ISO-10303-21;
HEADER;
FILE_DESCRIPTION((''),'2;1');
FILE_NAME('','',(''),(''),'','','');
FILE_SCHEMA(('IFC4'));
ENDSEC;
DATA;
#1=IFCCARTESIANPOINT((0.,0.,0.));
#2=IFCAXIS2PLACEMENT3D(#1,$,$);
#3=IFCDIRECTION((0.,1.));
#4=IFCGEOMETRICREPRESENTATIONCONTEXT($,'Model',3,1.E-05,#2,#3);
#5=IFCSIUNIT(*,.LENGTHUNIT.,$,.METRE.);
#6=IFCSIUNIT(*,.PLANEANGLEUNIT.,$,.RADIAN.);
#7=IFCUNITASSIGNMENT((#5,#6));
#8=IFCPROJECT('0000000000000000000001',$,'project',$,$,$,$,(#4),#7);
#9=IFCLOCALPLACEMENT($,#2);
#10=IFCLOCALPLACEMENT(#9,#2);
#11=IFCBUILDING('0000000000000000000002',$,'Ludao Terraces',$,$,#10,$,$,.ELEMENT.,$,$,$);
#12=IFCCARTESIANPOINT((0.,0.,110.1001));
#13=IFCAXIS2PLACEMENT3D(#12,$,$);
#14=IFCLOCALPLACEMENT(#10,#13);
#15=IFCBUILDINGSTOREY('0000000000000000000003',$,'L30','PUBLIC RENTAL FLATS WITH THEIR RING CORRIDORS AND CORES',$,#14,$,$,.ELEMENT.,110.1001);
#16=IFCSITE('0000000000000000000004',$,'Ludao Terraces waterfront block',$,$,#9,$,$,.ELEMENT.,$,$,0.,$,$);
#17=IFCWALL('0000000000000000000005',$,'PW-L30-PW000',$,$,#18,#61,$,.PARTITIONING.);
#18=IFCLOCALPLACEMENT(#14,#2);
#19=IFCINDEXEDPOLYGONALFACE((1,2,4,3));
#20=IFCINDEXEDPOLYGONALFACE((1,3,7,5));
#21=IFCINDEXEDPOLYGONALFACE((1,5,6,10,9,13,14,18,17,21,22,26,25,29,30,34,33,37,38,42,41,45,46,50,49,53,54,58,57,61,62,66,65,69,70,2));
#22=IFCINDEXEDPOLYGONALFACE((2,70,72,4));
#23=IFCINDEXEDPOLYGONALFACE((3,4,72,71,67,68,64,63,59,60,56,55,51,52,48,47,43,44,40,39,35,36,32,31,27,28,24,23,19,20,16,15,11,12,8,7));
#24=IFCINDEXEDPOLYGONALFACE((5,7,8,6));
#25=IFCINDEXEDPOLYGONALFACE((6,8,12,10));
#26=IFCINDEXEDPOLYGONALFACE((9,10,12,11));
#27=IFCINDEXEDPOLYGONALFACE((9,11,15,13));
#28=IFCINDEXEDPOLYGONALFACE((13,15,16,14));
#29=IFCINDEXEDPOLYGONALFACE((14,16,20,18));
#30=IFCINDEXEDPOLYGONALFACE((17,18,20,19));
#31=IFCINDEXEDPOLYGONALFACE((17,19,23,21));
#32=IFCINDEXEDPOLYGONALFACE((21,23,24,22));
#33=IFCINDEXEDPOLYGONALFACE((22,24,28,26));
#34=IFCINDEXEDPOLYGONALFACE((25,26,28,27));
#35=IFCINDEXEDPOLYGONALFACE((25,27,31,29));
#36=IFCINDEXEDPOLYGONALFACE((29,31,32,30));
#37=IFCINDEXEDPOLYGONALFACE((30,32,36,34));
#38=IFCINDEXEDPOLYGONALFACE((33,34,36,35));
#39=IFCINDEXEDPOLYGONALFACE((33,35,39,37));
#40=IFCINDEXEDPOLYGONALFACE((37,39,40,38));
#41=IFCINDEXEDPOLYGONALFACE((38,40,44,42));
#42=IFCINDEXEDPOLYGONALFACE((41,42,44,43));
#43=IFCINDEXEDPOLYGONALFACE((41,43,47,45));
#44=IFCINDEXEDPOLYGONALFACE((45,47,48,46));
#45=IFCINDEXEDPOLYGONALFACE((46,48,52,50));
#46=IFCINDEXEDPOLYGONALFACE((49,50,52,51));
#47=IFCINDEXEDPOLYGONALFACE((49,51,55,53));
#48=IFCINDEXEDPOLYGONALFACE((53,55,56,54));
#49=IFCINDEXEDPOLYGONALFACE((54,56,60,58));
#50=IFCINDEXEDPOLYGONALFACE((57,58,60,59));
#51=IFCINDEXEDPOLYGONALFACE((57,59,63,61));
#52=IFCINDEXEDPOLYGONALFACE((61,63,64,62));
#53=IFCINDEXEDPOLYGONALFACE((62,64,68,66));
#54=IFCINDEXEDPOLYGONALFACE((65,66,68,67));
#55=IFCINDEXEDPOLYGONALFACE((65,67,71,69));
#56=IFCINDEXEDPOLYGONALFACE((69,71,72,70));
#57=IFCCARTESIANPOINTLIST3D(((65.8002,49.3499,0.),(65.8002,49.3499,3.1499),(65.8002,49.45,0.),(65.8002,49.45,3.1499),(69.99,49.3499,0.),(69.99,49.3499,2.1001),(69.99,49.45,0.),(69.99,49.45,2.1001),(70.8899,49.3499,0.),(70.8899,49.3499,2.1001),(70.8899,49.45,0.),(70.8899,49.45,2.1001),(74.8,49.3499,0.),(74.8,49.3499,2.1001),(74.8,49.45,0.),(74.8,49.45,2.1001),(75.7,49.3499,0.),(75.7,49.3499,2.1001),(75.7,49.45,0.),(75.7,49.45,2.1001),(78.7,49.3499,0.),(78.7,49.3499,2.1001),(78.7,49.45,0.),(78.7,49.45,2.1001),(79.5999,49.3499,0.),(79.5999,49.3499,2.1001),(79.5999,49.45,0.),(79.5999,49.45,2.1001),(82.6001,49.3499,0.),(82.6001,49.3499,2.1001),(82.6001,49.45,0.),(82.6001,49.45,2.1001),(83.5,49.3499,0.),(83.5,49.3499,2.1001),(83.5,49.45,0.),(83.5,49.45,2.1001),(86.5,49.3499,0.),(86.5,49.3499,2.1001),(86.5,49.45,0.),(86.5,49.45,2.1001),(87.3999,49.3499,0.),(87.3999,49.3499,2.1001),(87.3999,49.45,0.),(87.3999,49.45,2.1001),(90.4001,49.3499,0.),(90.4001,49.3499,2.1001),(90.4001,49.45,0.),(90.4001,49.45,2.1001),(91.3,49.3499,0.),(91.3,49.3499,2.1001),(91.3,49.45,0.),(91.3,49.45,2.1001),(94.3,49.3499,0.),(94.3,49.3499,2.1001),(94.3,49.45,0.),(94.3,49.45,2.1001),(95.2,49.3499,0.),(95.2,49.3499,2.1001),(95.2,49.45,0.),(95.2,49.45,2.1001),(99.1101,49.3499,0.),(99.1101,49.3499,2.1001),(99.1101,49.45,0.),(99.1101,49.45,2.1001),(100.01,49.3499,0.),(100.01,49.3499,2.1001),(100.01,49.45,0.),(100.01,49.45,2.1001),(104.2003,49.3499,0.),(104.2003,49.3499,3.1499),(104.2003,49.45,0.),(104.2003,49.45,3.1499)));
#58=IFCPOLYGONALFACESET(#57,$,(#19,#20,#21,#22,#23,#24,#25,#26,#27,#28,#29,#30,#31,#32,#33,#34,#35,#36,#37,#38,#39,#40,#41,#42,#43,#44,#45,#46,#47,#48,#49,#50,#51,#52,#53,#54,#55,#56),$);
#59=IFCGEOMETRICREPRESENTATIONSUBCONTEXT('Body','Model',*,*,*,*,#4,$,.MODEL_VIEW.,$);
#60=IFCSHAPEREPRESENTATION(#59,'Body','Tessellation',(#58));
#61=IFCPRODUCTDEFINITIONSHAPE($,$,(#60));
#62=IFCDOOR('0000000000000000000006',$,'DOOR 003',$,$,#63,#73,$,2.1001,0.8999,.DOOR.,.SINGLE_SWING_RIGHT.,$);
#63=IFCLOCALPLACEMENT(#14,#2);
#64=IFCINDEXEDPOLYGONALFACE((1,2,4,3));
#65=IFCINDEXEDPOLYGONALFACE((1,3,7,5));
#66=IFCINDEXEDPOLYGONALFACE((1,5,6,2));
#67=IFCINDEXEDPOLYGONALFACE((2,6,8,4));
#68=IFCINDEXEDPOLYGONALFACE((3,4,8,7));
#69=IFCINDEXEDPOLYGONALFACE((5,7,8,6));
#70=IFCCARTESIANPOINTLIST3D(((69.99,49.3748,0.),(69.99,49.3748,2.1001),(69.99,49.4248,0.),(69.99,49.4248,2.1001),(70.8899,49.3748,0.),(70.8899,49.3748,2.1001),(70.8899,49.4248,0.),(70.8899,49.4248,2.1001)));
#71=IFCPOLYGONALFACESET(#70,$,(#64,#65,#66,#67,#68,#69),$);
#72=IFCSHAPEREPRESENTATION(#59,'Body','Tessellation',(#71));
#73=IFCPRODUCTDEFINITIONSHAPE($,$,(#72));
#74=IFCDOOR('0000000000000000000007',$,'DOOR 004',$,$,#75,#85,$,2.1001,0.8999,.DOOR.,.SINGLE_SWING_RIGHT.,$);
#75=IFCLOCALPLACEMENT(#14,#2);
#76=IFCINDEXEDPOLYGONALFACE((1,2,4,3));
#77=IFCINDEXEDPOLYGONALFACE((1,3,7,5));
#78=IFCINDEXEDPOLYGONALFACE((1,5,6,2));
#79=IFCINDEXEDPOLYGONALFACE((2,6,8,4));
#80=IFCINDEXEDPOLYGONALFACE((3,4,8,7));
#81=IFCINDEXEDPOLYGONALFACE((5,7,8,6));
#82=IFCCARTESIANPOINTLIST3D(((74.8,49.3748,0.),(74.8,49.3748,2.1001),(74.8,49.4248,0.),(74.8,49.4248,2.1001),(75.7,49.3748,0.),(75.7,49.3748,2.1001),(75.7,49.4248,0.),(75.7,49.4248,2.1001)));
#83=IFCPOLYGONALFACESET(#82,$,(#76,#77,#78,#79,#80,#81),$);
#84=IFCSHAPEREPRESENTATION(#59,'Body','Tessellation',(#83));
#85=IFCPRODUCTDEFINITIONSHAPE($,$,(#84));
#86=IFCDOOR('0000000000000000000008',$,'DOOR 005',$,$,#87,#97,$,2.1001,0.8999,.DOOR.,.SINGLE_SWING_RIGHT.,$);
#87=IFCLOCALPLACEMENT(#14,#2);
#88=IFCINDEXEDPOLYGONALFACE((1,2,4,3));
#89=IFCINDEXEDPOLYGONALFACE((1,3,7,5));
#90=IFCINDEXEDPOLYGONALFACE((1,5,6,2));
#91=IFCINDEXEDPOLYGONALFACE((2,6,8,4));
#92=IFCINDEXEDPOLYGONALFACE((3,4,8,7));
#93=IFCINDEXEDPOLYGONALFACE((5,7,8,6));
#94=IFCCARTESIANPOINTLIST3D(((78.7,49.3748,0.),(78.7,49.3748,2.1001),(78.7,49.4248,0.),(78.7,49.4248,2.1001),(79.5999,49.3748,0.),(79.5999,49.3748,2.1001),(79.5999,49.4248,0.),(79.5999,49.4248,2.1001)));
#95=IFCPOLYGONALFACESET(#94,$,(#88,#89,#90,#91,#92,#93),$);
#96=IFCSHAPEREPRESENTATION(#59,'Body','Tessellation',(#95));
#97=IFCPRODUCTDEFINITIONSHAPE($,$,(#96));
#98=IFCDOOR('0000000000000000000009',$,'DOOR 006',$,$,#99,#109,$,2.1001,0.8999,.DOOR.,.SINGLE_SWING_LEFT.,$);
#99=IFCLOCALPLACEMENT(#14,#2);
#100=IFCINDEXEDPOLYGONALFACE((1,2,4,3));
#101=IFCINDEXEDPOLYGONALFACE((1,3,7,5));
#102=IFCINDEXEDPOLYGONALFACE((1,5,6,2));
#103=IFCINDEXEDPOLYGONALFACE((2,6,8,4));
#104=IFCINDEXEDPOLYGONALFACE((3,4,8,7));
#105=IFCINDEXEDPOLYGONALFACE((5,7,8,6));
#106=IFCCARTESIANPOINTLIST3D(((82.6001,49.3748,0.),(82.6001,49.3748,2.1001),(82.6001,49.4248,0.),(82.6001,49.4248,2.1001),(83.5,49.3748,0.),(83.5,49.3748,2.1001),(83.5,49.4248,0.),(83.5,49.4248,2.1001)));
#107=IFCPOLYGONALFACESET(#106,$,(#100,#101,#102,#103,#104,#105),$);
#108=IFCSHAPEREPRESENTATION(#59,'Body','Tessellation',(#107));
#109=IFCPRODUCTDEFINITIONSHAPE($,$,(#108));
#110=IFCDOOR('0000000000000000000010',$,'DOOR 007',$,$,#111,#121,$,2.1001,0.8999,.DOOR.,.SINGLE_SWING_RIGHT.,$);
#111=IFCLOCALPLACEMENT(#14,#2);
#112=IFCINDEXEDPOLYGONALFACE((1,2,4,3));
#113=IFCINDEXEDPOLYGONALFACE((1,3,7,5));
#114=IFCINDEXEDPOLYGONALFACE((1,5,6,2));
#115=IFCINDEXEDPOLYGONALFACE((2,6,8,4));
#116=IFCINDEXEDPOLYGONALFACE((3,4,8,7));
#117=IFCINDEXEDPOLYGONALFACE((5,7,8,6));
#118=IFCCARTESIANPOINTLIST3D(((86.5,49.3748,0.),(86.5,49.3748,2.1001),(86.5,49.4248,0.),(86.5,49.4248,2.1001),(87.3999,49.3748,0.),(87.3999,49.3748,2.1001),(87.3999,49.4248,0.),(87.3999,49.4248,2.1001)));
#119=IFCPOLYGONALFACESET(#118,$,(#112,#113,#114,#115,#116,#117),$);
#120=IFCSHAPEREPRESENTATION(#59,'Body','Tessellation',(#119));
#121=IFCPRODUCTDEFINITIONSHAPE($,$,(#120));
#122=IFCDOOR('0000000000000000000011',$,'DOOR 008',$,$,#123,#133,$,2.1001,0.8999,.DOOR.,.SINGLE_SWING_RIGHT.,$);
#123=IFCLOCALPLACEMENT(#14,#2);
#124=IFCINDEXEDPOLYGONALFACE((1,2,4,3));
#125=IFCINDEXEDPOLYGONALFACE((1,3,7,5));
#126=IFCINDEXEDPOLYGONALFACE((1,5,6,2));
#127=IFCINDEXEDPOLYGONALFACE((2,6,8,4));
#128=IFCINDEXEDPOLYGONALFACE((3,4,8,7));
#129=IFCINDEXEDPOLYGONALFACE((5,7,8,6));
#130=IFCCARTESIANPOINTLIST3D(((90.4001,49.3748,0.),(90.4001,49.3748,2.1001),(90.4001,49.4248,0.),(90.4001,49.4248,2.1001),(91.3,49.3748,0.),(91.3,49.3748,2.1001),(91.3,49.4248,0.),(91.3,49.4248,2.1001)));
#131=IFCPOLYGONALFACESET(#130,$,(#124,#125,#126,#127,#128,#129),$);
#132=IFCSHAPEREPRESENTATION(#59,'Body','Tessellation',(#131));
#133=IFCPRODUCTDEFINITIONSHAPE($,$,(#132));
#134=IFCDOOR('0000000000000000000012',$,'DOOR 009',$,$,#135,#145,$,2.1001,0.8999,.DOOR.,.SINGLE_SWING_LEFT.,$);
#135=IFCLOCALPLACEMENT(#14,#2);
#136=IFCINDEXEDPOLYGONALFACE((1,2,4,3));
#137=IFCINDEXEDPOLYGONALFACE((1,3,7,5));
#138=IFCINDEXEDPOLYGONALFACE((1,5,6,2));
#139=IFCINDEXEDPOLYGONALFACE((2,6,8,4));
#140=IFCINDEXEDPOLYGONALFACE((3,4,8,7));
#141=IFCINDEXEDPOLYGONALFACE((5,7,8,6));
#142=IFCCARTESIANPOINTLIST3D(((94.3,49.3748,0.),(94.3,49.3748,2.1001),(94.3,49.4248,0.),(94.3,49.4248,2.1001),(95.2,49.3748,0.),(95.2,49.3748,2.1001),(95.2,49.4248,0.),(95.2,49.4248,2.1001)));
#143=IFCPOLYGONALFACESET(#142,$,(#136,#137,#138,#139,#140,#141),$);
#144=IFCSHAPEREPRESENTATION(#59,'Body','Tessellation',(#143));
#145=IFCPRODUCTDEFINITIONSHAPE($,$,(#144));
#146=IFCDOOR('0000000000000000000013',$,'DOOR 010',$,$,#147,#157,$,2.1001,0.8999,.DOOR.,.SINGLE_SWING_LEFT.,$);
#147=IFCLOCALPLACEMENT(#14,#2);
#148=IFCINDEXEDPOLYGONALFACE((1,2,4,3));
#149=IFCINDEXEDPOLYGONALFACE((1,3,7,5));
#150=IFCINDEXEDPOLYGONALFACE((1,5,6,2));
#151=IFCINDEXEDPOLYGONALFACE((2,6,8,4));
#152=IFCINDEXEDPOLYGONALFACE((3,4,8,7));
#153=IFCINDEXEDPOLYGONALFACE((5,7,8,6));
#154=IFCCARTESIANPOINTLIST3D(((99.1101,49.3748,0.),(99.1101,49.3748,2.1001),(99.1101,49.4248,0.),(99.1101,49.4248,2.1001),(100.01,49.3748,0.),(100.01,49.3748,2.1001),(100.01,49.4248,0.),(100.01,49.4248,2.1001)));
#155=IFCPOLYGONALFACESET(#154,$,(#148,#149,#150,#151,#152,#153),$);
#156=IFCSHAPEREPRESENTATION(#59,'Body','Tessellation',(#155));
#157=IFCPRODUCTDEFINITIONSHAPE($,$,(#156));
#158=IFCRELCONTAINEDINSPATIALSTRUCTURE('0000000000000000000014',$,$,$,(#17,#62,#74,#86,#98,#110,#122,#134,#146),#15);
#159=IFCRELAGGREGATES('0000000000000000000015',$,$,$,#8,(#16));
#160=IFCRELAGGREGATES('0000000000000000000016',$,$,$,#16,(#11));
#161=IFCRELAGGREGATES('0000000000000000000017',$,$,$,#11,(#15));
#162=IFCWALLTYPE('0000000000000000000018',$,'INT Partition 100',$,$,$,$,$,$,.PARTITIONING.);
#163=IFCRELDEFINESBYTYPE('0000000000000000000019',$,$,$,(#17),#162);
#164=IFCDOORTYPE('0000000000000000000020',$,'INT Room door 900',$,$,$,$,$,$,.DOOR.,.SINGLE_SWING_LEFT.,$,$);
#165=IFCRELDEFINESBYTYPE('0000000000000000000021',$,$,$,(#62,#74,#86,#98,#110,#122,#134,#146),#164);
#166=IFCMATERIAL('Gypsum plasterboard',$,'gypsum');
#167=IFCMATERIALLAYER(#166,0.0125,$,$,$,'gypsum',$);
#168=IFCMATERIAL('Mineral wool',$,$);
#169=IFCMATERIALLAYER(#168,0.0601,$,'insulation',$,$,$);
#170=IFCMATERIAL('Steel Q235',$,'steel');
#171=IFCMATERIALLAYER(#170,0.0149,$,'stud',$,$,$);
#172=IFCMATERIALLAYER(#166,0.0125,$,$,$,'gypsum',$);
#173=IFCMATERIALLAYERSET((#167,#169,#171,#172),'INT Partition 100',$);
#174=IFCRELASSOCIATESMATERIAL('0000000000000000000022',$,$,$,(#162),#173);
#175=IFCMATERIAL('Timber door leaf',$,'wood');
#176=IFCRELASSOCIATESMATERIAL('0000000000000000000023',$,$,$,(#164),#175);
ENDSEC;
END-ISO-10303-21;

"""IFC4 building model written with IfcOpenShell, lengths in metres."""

from ifc_helpers import new_model, si_unit, direction, frame, frame_2d, origin, place, context, subcontext, project, spatial, rectangle, extrude, material, layer, layer_set, type_object, element, fill, save


model = new_model("IFC4")

# Units and contexts
model_context = context("Model", 3, precision=1e-05, world=origin(), true_north=direction((0.0, 1.0)))
body_context = subcontext(model_context, "Body", "Model", "MODEL_VIEW")
ifc_project = project(units=[si_unit("LENGTHUNIT", "METRE"), si_unit("PLANEANGLEUNIT", "RADIAN")], contexts=[model_context])

# Site, building, storey
site_placement = place(None, origin())
site = spatial("IfcSite", under=ifc_project, at=site_placement, Name="Ludao Terraces waterfront block", CompositionType="ELEMENT", RefElevation=0.0)
building_placement = place(site_placement, origin())
building = spatial("IfcBuilding", under=site, at=building_placement, Name="Ludao Terraces", CompositionType="ELEMENT")
storey_placement = place(building_placement, frame((0.0, 0.0, 110.1001)))
storey = spatial("IfcBuildingStorey", under=building, at=storey_placement, Name="L30", Description="PUBLIC RENTAL FLATS WITH THEIR RING CORRIDORS AND CORES", CompositionType="ELEMENT", Elevation=110.1001)

# Shared definitions
ifc_material_1 = material(Name="Mineral wool")

# Wall, openings, doors
ifc_material_2 = material(Name="Gypsum plasterboard", Category="gypsum")
ifc_layer_1 = layer(ifc_material_2, 0.0125, Category="gypsum")
ifc_layer_2 = layer(ifc_material_1, 0.0601, Name="insulation")
ifc_material_3 = material(Name="Steel Q235", Category="steel")
ifc_layer_3 = layer(ifc_material_3, 0.0149, Name="stud")
ifc_layer_4 = layer(ifc_material_2, 0.0125, Category="gypsum")
ifc_layer_set_1 = layer_set([ifc_layer_1, ifc_layer_2, ifc_layer_3, ifc_layer_4], Name="INT Partition 100")
wall_type_1 = type_object("IfcWallType", Name="INT Partition 100", PredefinedType="PARTITIONING", material=ifc_layer_set_1)
wall_1_placement = place(storey_placement, frame((65.8, 49.3999, 0.0), z_axis=(0.0, 0.0, 1.0), x_axis=(1.0, 0.0, 0.0)))
wall_1 = element("IfcWall", 1, at=wall_1_placement, inside=storey, type_object=wall_type_1, Name="PW-L30-PW000", PredefinedType="PARTITIONING", context=body_context, shape_type="SweptSolid", body=[
    extrude(rectangle(XDim=38.4001, YDim=0.1001, at=frame_2d((19.2002, 0.0))), origin(), (0.0, 0.0, 1.0), 3.1499),
])
opening_1_placement = place(wall_1_placement, frame((4.1899, 0.0, 0.0)))
opening_1 = element("IfcOpeningElement", 2, at=opening_1_placement, cuts=wall_1, PredefinedType="OPENING", context=body_context, shape_type="SweptSolid", body=[
    extrude(rectangle(XDim=0.8999, YDim=2.1001, at=frame_2d((0.45, 1.05))), frame((0.0, 0.0601, 0.0), z_axis=(0.0, -1.0, 0.0), x_axis=(1.0, 0.0, 0.0)), (0.0, 0.0, 1.0), 0.1201),
])
opening_2_placement = place(wall_1_placement, frame((9.0, 0.0, 0.0)))
opening_2 = element("IfcOpeningElement", 3, at=opening_2_placement, cuts=wall_1, PredefinedType="OPENING", context=body_context, shape_type="SweptSolid", body=[
    extrude(rectangle(XDim=0.8999, YDim=2.1001, at=frame_2d((0.45, 1.05))), frame((0.0, 0.0601, 0.0), z_axis=(0.0, -1.0, 0.0), x_axis=(1.0, 0.0, 0.0)), (0.0, 0.0, 1.0), 0.1201),
])
opening_3_placement = place(wall_1_placement, frame((12.8999, 0.0, 0.0)))
opening_3 = element("IfcOpeningElement", 4, at=opening_3_placement, cuts=wall_1, PredefinedType="OPENING", context=body_context, shape_type="SweptSolid", body=[
    extrude(rectangle(XDim=0.8999, YDim=2.1001, at=frame_2d((0.45, 1.05))), frame((0.0, 0.0601, 0.0), z_axis=(0.0, -1.0, 0.0), x_axis=(1.0, 0.0, 0.0)), (0.0, 0.0, 1.0), 0.1201),
])
opening_4_placement = place(wall_1_placement, frame((16.8, 0.0, 0.0)))
opening_4 = element("IfcOpeningElement", 5, at=opening_4_placement, cuts=wall_1, PredefinedType="OPENING", context=body_context, shape_type="SweptSolid", body=[
    extrude(rectangle(XDim=0.8999, YDim=2.1001, at=frame_2d((0.45, 1.05))), frame((0.0, 0.0601, 0.0), z_axis=(0.0, -1.0, 0.0), x_axis=(1.0, 0.0, 0.0)), (0.0, 0.0, 1.0), 0.1201),
])
opening_5_placement = place(wall_1_placement, frame((20.7, 0.0, 0.0)))
opening_5 = element("IfcOpeningElement", 6, at=opening_5_placement, cuts=wall_1, PredefinedType="OPENING", context=body_context, shape_type="SweptSolid", body=[
    extrude(rectangle(XDim=0.8999, YDim=2.1001, at=frame_2d((0.45, 1.05))), frame((0.0, 0.0601, 0.0), z_axis=(0.0, -1.0, 0.0), x_axis=(1.0, 0.0, 0.0)), (0.0, 0.0, 1.0), 0.1201),
])
opening_6_placement = place(wall_1_placement, frame((24.6001, 0.0, 0.0)))
opening_6 = element("IfcOpeningElement", 7, at=opening_6_placement, cuts=wall_1, PredefinedType="OPENING", context=body_context, shape_type="SweptSolid", body=[
    extrude(rectangle(XDim=0.8999, YDim=2.1001, at=frame_2d((0.45, 1.05))), frame((0.0, 0.0601, 0.0), z_axis=(0.0, -1.0, 0.0), x_axis=(1.0, 0.0, 0.0)), (0.0, 0.0, 1.0), 0.1201),
])
opening_7_placement = place(wall_1_placement, frame((28.5, 0.0, 0.0)))
opening_7 = element("IfcOpeningElement", 8, at=opening_7_placement, cuts=wall_1, PredefinedType="OPENING", context=body_context, shape_type="SweptSolid", body=[
    extrude(rectangle(XDim=0.8999, YDim=2.1001, at=frame_2d((0.45, 1.05))), frame((0.0, 0.0601, 0.0), z_axis=(0.0, -1.0, 0.0), x_axis=(1.0, 0.0, 0.0)), (0.0, 0.0, 1.0), 0.1201),
])
opening_8_placement = place(wall_1_placement, frame((33.3101, 0.0, 0.0)))
opening_8 = element("IfcOpeningElement", 9, at=opening_8_placement, cuts=wall_1, PredefinedType="OPENING", context=body_context, shape_type="SweptSolid", body=[
    extrude(rectangle(XDim=0.8999, YDim=2.1001, at=frame_2d((0.45, 1.05))), frame((0.0, 0.0601, 0.0), z_axis=(0.0, -1.0, 0.0), x_axis=(1.0, 0.0, 0.0)), (0.0, 0.0, 1.0), 0.1201),
])
ifc_material_4 = material(Name="Timber door leaf", Category="wood")
door_type = type_object("IfcDoorType", Name="INT Room door 900", OperationType="SINGLE_SWING_LEFT", PredefinedType="DOOR", material=ifc_material_4)
door_1_placement = place(opening_1_placement, origin())
door_1 = element("IfcDoor", 10, at=door_1_placement, inside=storey, type_object=door_type, Name="DOOR 003", OperationType="SINGLE_SWING_RIGHT", OverallHeight=2.1001, OverallWidth=0.8999, PredefinedType="DOOR", context=body_context, shape_type="SweptSolid", body=[
    extrude(rectangle(XDim=0.8999, YDim=2.1001, at=frame_2d((0.45, 1.05))), frame((0.0, 0.0249, 0.0), z_axis=(0.0, -1.0, 0.0), x_axis=(1.0, 0.0, 0.0)), (0.0, 0.0, 1.0), 0.05),
])
fill(opening_1, door_1)
door_2_placement = place(opening_2_placement, origin())
door_2 = element("IfcDoor", 11, at=door_2_placement, inside=storey, type_object=door_type, Name="DOOR 004", OperationType="SINGLE_SWING_RIGHT", OverallHeight=2.1001, OverallWidth=0.8999, PredefinedType="DOOR", context=body_context, shape_type="SweptSolid", body=[
    extrude(rectangle(XDim=0.8999, YDim=2.1001, at=frame_2d((0.45, 1.05))), frame((0.0, 0.0249, 0.0), z_axis=(0.0, -1.0, 0.0), x_axis=(1.0, 0.0, 0.0)), (0.0, 0.0, 1.0), 0.05),
])
fill(opening_2, door_2)
door_3_placement = place(opening_3_placement, origin())
door_3 = element("IfcDoor", 12, at=door_3_placement, inside=storey, type_object=door_type, Name="DOOR 005", OperationType="SINGLE_SWING_RIGHT", OverallHeight=2.1001, OverallWidth=0.8999, PredefinedType="DOOR", context=body_context, shape_type="SweptSolid", body=[
    extrude(rectangle(XDim=0.8999, YDim=2.1001, at=frame_2d((0.45, 1.05))), frame((0.0, 0.0249, 0.0), z_axis=(0.0, -1.0, 0.0), x_axis=(1.0, 0.0, 0.0)), (0.0, 0.0, 1.0), 0.05),
])
fill(opening_3, door_3)
door_4_placement = place(opening_4_placement, origin())
door_4 = element("IfcDoor", 13, at=door_4_placement, inside=storey, type_object=door_type, Name="DOOR 006", OperationType="SINGLE_SWING_LEFT", OverallHeight=2.1001, OverallWidth=0.8999, PredefinedType="DOOR", context=body_context, shape_type="SweptSolid", body=[
    extrude(rectangle(XDim=0.8999, YDim=2.1001, at=frame_2d((0.45, 1.05))), frame((0.0, 0.0249, 0.0), z_axis=(0.0, -1.0, 0.0), x_axis=(1.0, 0.0, 0.0)), (0.0, 0.0, 1.0), 0.05),
])
fill(opening_4, door_4)
door_5_placement = place(opening_5_placement, origin())
door_5 = element("IfcDoor", 14, at=door_5_placement, inside=storey, type_object=door_type, Name="DOOR 007", OperationType="SINGLE_SWING_RIGHT", OverallHeight=2.1001, OverallWidth=0.8999, PredefinedType="DOOR", context=body_context, shape_type="SweptSolid", body=[
    extrude(rectangle(XDim=0.8999, YDim=2.1001, at=frame_2d((0.45, 1.05))), frame((0.0, 0.0249, 0.0), z_axis=(0.0, -1.0, 0.0), x_axis=(1.0, 0.0, 0.0)), (0.0, 0.0, 1.0), 0.05),
])
fill(opening_5, door_5)
door_6_placement = place(opening_6_placement, origin())
door_6 = element("IfcDoor", 15, at=door_6_placement, inside=storey, type_object=door_type, Name="DOOR 008", OperationType="SINGLE_SWING_RIGHT", OverallHeight=2.1001, OverallWidth=0.8999, PredefinedType="DOOR", context=body_context, shape_type="SweptSolid", body=[
    extrude(rectangle(XDim=0.8999, YDim=2.1001, at=frame_2d((0.45, 1.05))), frame((0.0, 0.0249, 0.0), z_axis=(0.0, -1.0, 0.0), x_axis=(1.0, 0.0, 0.0)), (0.0, 0.0, 1.0), 0.05),
])
fill(opening_6, door_6)
door_7_placement = place(opening_7_placement, origin())
door_7 = element("IfcDoor", 16, at=door_7_placement, inside=storey, type_object=door_type, Name="DOOR 009", OperationType="SINGLE_SWING_LEFT", OverallHeight=2.1001, OverallWidth=0.8999, PredefinedType="DOOR", context=body_context, shape_type="SweptSolid", body=[
    extrude(rectangle(XDim=0.8999, YDim=2.1001, at=frame_2d((0.45, 1.05))), frame((0.0, 0.0249, 0.0), z_axis=(0.0, -1.0, 0.0), x_axis=(1.0, 0.0, 0.0)), (0.0, 0.0, 1.0), 0.05),
])
fill(opening_7, door_7)
door_8_placement = place(opening_8_placement, origin())
door_8 = element("IfcDoor", 17, at=door_8_placement, inside=storey, type_object=door_type, Name="DOOR 010", OperationType="SINGLE_SWING_LEFT", OverallHeight=2.1001, OverallWidth=0.8999, PredefinedType="DOOR", context=body_context, shape_type="SweptSolid", body=[
    extrude(rectangle(XDim=0.8999, YDim=2.1001, at=frame_2d((0.45, 1.05))), frame((0.0, 0.0249, 0.0), z_axis=(0.0, -1.0, 0.0), x_axis=(1.0, 0.0, 0.0)), (0.0, 0.0, 1.0), 0.05),
])
fill(opening_8, door_8)

save(model, "model.ifc")
